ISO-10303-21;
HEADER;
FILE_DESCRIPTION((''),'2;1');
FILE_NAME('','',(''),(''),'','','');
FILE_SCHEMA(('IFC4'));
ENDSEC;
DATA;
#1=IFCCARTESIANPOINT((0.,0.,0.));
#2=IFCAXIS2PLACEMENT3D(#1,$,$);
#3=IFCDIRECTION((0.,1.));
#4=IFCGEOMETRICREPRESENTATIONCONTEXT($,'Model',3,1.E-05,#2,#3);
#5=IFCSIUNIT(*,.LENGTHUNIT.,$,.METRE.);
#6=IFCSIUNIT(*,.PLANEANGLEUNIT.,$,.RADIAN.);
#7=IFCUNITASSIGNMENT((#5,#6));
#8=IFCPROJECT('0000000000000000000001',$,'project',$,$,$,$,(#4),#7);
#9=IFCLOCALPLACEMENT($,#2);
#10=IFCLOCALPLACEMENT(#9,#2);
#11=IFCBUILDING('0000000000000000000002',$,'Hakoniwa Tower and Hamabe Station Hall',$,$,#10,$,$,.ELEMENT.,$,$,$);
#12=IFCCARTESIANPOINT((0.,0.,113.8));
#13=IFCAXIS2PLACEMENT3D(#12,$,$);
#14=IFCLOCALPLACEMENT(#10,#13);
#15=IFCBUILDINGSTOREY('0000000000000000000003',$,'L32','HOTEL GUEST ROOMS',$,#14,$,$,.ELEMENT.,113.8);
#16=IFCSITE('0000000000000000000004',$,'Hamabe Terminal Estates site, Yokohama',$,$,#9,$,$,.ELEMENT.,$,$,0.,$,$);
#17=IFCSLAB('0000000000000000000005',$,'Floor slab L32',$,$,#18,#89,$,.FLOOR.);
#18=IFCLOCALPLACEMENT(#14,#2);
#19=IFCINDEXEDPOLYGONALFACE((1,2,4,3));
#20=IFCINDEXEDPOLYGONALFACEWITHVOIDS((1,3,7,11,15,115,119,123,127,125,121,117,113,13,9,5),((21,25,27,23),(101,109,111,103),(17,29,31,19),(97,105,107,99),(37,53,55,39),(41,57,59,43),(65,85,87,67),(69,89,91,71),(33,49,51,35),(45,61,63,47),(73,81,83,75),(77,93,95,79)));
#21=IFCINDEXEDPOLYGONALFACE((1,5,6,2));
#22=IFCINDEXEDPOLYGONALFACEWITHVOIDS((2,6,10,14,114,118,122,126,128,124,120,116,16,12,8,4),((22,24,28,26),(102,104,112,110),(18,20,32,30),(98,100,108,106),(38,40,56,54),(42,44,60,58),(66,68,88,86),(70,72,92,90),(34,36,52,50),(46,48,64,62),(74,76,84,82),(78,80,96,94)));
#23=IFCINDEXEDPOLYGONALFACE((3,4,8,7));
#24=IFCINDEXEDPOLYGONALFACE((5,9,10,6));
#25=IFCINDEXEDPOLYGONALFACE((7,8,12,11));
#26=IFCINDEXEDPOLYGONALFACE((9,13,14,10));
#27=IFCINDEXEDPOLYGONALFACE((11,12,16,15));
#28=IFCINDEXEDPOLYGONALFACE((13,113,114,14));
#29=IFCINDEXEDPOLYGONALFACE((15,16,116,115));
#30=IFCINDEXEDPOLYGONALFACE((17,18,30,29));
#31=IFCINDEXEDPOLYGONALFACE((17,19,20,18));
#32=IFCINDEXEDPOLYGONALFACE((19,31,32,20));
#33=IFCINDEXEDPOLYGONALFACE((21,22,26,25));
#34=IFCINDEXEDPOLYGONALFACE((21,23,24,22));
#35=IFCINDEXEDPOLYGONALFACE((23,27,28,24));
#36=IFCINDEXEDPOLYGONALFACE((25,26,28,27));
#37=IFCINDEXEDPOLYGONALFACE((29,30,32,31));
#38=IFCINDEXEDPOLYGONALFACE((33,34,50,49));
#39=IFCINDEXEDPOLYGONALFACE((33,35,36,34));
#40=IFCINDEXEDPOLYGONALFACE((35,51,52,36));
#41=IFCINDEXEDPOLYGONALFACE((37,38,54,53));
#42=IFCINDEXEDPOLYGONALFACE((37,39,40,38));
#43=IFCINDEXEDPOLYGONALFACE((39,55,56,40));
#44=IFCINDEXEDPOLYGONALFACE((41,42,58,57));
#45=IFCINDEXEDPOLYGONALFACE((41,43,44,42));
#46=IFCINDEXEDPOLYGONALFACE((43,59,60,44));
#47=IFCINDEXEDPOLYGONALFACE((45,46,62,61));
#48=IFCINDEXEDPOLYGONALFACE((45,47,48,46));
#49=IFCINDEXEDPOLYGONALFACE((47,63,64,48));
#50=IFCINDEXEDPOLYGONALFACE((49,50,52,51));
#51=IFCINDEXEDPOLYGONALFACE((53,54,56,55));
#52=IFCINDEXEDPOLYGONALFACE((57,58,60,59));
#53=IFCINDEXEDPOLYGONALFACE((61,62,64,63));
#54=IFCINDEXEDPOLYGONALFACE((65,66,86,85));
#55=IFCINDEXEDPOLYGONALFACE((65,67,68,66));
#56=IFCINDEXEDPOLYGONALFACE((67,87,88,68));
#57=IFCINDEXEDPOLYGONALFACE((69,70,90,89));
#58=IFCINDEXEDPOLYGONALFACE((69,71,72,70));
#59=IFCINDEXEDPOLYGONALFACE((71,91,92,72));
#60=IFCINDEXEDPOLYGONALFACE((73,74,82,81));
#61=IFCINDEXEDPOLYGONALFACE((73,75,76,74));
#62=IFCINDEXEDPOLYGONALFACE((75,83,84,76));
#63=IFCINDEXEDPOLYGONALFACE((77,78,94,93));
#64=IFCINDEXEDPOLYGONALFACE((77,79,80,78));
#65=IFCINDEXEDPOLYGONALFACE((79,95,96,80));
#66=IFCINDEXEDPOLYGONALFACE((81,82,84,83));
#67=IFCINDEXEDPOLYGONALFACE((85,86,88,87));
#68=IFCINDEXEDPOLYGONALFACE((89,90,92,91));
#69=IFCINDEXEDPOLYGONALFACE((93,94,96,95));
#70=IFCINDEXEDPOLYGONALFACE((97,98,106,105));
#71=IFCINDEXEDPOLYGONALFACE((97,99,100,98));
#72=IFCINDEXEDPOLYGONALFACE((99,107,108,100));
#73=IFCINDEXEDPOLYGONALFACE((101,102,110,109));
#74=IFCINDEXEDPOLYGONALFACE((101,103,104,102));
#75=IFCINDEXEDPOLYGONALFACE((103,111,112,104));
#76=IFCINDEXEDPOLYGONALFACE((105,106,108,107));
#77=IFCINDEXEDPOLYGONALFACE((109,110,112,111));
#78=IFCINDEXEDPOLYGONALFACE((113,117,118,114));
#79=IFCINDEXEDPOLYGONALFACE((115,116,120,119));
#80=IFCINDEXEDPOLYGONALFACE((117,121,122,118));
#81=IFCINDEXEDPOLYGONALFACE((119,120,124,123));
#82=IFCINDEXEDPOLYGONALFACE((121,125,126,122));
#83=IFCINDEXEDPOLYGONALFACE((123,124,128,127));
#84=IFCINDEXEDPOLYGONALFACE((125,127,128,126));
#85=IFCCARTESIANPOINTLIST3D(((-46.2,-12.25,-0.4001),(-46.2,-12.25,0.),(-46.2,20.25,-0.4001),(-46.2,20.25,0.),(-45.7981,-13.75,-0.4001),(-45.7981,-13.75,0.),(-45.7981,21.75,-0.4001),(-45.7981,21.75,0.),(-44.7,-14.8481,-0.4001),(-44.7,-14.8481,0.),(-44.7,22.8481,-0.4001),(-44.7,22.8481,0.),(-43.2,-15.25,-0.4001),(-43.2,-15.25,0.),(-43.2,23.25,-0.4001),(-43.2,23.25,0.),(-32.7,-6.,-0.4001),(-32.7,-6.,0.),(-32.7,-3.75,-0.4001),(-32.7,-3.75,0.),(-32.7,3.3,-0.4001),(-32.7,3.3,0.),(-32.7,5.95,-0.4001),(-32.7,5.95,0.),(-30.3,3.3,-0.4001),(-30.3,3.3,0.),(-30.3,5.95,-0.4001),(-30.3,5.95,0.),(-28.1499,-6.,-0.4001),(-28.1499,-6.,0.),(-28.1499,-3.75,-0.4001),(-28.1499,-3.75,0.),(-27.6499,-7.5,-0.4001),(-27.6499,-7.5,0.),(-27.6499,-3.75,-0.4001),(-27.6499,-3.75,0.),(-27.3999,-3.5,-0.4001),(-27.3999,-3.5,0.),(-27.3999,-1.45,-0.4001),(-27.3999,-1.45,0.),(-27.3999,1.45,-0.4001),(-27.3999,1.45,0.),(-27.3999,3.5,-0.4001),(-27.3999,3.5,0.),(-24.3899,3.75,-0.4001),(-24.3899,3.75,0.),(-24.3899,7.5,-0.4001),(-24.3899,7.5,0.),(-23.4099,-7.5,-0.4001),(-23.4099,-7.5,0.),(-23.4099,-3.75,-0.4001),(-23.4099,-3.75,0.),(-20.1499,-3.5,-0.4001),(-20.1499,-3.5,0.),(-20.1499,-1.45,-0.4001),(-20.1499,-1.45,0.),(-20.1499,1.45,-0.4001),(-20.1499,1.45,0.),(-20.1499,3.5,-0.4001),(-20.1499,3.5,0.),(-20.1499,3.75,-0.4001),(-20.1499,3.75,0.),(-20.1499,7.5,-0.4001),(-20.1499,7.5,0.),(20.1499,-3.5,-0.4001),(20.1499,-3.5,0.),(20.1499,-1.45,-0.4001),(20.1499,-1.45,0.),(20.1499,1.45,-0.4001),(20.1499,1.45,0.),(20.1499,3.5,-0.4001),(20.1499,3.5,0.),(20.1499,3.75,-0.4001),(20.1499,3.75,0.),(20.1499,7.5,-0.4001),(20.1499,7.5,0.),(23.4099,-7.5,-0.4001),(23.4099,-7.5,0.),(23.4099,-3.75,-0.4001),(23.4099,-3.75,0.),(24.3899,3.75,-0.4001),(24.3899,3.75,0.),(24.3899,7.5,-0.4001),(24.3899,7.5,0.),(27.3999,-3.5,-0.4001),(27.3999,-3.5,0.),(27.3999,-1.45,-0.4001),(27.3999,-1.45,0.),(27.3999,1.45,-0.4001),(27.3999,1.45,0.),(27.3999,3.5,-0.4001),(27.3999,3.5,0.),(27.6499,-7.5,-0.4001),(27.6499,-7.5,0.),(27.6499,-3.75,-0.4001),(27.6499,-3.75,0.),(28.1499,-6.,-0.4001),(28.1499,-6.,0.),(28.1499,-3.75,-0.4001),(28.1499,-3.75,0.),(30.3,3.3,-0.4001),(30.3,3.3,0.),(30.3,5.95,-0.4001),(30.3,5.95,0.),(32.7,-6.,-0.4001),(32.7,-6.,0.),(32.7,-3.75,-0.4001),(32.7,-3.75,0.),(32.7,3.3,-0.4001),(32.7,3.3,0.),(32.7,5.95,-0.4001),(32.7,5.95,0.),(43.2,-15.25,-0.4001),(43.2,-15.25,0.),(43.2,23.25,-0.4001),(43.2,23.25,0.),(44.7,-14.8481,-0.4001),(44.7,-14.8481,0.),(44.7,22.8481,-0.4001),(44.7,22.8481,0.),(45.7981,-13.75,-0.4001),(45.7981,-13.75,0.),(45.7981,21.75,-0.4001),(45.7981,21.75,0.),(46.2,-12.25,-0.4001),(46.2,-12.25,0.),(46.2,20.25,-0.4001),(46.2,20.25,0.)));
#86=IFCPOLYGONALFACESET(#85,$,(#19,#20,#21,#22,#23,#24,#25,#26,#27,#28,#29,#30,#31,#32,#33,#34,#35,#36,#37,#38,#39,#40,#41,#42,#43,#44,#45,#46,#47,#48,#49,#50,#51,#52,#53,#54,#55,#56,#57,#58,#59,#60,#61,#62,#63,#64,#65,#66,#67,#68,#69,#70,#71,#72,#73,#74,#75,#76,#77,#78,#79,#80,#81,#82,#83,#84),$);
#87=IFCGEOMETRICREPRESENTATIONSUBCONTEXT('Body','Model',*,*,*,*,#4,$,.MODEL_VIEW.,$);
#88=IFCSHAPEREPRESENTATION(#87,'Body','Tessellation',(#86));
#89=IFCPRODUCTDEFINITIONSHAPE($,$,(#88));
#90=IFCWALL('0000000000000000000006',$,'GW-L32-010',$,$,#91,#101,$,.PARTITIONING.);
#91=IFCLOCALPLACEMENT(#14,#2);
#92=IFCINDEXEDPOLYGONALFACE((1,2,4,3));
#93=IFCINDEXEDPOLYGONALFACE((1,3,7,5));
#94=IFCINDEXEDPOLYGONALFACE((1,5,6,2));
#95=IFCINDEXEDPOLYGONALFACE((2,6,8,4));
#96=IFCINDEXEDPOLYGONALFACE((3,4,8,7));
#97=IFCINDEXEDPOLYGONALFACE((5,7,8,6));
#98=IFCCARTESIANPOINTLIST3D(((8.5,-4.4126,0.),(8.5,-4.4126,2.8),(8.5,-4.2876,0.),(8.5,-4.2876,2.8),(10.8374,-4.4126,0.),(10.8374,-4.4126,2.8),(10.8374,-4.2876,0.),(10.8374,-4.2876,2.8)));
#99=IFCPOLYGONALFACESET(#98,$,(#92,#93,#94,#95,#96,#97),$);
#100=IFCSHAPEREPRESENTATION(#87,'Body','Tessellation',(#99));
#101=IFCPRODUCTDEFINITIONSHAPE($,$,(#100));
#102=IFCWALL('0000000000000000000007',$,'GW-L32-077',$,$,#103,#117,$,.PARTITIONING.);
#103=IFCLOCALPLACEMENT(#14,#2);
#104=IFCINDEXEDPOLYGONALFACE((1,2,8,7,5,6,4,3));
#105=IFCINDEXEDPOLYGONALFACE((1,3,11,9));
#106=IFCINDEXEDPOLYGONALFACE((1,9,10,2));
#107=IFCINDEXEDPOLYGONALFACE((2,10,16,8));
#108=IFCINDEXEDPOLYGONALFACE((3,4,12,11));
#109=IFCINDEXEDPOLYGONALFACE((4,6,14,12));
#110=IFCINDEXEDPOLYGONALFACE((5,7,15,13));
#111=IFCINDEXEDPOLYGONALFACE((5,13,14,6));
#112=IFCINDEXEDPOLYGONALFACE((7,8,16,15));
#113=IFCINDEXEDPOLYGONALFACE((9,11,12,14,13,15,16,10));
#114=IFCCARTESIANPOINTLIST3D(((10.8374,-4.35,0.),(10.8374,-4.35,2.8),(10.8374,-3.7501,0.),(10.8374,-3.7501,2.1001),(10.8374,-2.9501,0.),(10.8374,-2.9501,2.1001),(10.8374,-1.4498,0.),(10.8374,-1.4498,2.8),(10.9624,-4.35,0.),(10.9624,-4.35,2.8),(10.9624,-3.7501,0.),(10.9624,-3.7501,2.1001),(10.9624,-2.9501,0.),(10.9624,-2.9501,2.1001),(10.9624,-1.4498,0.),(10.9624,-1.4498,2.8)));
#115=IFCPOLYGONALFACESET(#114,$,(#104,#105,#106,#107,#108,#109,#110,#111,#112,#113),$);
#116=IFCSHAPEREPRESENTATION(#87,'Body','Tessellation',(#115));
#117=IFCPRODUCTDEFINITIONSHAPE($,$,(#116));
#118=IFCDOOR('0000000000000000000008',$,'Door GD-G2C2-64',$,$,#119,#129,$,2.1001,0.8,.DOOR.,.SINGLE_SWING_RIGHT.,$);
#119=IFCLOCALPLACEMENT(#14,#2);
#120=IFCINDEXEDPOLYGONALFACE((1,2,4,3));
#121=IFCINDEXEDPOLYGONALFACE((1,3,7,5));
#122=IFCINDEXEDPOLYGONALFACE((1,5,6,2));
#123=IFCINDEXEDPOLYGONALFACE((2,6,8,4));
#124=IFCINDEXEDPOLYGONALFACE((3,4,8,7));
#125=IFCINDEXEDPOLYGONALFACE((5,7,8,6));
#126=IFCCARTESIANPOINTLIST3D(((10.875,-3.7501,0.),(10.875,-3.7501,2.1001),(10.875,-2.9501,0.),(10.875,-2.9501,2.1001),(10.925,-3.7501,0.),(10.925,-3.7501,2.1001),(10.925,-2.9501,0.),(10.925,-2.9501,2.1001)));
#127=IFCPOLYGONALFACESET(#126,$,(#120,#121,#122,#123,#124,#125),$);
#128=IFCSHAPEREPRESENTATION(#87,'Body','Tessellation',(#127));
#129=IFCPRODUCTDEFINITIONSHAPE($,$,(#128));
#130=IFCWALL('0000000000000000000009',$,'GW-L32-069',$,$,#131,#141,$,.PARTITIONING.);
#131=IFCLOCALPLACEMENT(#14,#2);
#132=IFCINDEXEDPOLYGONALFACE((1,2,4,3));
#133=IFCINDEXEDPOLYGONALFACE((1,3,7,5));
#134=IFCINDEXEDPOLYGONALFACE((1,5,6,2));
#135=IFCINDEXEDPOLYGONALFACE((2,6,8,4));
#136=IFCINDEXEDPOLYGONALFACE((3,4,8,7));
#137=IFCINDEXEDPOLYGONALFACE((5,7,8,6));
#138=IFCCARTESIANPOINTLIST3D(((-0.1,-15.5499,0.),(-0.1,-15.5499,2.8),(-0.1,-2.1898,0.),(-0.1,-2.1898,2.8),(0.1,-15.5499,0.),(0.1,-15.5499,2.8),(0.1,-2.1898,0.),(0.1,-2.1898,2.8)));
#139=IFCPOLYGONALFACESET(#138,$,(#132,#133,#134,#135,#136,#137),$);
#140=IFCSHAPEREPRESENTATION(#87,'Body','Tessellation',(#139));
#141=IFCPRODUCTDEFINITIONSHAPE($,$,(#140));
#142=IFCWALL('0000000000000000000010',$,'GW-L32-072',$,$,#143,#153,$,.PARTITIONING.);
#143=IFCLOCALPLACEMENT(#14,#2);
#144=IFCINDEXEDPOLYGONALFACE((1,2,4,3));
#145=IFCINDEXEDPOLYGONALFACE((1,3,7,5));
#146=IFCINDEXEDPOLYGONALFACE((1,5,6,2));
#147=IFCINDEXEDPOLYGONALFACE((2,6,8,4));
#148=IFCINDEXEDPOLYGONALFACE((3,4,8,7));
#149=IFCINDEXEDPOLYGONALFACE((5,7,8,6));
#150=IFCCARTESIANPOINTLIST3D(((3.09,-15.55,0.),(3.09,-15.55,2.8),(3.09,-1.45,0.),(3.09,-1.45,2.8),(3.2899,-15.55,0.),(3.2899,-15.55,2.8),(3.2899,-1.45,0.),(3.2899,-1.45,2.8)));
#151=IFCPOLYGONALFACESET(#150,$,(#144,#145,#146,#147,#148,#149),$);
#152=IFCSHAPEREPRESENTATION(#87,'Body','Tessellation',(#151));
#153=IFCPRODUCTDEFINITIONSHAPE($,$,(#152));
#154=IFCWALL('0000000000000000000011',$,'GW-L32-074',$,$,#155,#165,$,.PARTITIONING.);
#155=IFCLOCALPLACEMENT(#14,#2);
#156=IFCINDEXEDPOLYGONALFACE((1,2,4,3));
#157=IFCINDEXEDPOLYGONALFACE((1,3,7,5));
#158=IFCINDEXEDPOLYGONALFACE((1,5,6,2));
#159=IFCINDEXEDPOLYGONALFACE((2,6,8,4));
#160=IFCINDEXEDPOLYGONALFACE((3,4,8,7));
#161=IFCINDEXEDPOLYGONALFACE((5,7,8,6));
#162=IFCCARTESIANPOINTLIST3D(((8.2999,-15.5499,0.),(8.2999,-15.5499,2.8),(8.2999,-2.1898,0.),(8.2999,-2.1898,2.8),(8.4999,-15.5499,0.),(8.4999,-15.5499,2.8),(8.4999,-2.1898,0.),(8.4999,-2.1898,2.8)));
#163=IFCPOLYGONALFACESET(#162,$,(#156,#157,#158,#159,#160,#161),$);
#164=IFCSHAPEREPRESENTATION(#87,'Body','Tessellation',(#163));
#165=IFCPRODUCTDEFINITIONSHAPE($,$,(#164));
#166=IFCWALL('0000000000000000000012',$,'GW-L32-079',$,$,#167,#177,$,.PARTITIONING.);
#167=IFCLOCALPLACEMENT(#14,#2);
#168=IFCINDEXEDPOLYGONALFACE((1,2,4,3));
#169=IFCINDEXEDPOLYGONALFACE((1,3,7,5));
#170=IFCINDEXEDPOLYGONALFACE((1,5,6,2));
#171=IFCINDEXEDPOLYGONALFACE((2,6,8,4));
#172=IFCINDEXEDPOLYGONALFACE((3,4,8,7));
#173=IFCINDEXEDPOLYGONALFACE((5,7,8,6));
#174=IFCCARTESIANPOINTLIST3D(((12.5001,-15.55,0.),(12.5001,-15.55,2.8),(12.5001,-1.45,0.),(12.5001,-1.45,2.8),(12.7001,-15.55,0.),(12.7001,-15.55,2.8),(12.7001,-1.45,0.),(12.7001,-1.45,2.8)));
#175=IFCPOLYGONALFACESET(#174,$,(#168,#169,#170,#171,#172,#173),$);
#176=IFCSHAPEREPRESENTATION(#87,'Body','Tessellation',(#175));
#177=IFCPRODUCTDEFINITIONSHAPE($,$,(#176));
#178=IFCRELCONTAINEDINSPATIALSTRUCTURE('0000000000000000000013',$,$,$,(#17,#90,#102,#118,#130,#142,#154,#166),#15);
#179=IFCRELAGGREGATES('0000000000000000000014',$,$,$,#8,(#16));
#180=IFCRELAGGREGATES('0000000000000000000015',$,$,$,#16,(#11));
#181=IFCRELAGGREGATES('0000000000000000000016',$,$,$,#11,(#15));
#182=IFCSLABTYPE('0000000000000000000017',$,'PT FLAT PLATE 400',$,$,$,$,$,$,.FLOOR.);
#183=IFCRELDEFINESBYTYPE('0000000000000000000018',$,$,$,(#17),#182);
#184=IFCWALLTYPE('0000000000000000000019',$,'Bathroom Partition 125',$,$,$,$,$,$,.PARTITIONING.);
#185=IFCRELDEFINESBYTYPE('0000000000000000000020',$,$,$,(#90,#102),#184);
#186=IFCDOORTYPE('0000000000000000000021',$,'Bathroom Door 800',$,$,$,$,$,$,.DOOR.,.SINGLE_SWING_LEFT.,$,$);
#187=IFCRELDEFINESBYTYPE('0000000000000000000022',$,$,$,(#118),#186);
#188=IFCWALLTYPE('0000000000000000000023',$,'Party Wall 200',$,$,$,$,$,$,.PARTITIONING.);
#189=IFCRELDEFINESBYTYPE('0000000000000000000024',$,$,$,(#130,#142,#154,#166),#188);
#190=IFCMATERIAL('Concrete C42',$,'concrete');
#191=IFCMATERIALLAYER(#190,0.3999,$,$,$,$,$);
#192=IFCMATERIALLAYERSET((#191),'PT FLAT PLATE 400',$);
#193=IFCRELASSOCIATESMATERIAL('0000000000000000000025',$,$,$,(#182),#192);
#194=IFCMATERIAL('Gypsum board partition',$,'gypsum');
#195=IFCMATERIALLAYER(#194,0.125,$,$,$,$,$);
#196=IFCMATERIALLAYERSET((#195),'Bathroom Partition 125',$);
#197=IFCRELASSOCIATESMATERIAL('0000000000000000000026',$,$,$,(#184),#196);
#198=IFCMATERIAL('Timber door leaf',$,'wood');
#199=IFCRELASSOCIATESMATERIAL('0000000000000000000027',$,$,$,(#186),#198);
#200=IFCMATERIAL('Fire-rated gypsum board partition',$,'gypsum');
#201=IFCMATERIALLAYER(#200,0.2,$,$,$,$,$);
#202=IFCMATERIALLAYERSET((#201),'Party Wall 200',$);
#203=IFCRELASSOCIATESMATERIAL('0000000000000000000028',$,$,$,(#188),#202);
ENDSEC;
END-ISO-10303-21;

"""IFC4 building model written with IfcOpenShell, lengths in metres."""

from ifc_helpers import new_model, si_unit, direction, frame, frame_2d, origin, place, context, subcontext, project, spatial, polyline, rectangle, outline, extrude, material, layer, layer_set, type_object, element, fill, save


model = new_model("IFC4")

# Units and contexts
model_context = context("Model", 3, precision=1e-05, world=origin(), true_north=direction((0.0, 1.0)))
body_context = subcontext(model_context, "Body", "Model", "MODEL_VIEW")
ifc_project = project(units=[si_unit("LENGTHUNIT", "METRE"), si_unit("PLANEANGLEUNIT", "RADIAN")], contexts=[model_context])

# Site, building, storey
site_placement = place(None, origin())
site = spatial("IfcSite", under=ifc_project, at=site_placement, Name="Hamabe Terminal Estates site, Yokohama", CompositionType="ELEMENT", RefElevation=0.0)
building_placement = place(site_placement, origin())
building = spatial("IfcBuilding", under=site, at=building_placement, Name="Hakoniwa Tower and Hamabe Station Hall", CompositionType="ELEMENT")
storey_placement = place(building_placement, frame((0.0, 0.0, 113.8)))
storey = spatial("IfcBuildingStorey", under=building, at=storey_placement, Name="L32", Description="HOTEL GUEST ROOMS", CompositionType="ELEMENT", Elevation=113.8)

# Slab
ifc_material_1 = material(Name="Concrete C42", Category="concrete")
ifc_layer_1 = layer(ifc_material_1, 0.3999)
ifc_layer_set_1 = layer_set([ifc_layer_1], Name="PT FLAT PLATE 400")
slab_type = type_object("IfcSlabType", Name="PT FLAT PLATE 400", PredefinedType="FLOOR", material=ifc_layer_set_1)
slab_placement = place(storey_placement, frame((0.0, 0.0, -0.4001)))
element("IfcSlab", 1, at=slab_placement, inside=storey, type_object=slab_type, Name="Floor slab L32", PredefinedType="FLOOR", context=body_context, shape_type="SweptSolid", body=[
    extrude(outline(polyline([(46.2, -12.25), (46.2, 20.25), (45.7981, 21.75), (44.7, 22.8481), (43.2, 23.25), (-43.2, 23.25), (-44.7, 22.8481), (-45.7981, 21.75), (-46.2, 20.25), (-46.2, -12.25), (-45.7981, -13.75), (-44.7, -14.8481), (-43.2, -15.25), (43.2, -15.25), (44.7, -14.8481), (45.7981, -13.75), (46.2, -12.25)]), holes=[polyline([(-27.3999, 1.45), (-27.3999, 3.5), (-20.1499, 3.5), (-20.1499, 1.45), (-27.3999, 1.45)]), polyline([(-27.3999, -3.5), (-27.3999, -1.45), (-20.1499, -1.45), (-20.1499, -3.5), (-27.3999, -3.5)]), polyline([(-32.7, 3.3), (-32.7, 5.95), (-30.3, 5.95), (-30.3, 3.3), (-32.7, 3.3)]), polyline([(-32.7, -6.0), (-32.7, -3.75), (-28.1499, -3.75), (-28.1499, -6.0), (-32.7, -6.0)]), polyline([(-24.3899, 3.75), (-24.3899, 7.5), (-20.1499, 7.5), (-20.1499, 3.75), (-24.3899, 3.75)]), polyline([(-27.6499, -7.5), (-27.6499, -3.75), (-23.4099, -3.75), (-23.4099, -7.5), (-27.6499, -7.5)]), polyline([(20.1499, 1.45), (20.1499, 3.5), (27.3999, 3.5), (27.3999, 1.45), (20.1499, 1.45)]), polyline([(20.1499, -3.5), (20.1499, -1.45), (27.3999, -1.45), (27.3999, -3.5), (20.1499, -3.5)]), polyline([(30.3, 3.3), (30.3, 5.95), (32.7, 5.95), (32.7, 3.3), (30.3, 3.3)]), polyline([(28.1499, -6.0), (28.1499, -3.75), (32.7, -3.75), (32.7, -6.0), (28.1499, -6.0)]), polyline([(20.1499, 3.75), (20.1499, 7.5), (24.3899, 7.5), (24.3899, 3.75), (20.1499, 3.75)]), polyline([(23.4099, -7.5), (23.4099, -3.75), (27.6499, -3.75), (27.6499, -7.5), (23.4099, -7.5)])]), origin(), (0.0, 0.0, 1.0), 0.4001),
])

# Wall
ifc_material_2 = material(Name="Gypsum board partition", Category="gypsum")
ifc_layer_2 = layer(ifc_material_2, 0.125)
ifc_layer_set_2 = layer_set([ifc_layer_2], Name="Bathroom Partition 125")
wall_type_1 = type_object("IfcWallType", Name="Bathroom Partition 125", PredefinedType="PARTITIONING", material=ifc_layer_set_2)
wall_1_placement = place(storey_placement, frame((8.5, -4.3501, 0.0), z_axis=(0.0, 0.0, 1.0), x_axis=(1.0, 0.0, 0.0)))
element("IfcWall", 2, at=wall_1_placement, inside=storey, type_object=wall_type_1, Name="GW-L32-010", PredefinedType="PARTITIONING", context=body_context, shape_type="SweptSolid", body=[
    extrude(rectangle(XDim=2.3374, YDim=0.125, at=frame_2d((1.1687, 0.0))), origin(), (0.0, 0.0, 1.0), 2.8),
])

# Wall, opening, door
wall_2_placement = place(storey_placement, frame((10.8999, -4.3501, 0.0), z_axis=(0.0, 0.0, 1.0), x_axis=(0.0, 1.0, 0.0)))
wall_2 = element("IfcWall", 3, at=wall_2_placement, inside=storey, type_object=wall_type_1, Name="GW-L32-077", PredefinedType="PARTITIONING", context=body_context, shape_type="SweptSolid", body=[
    extrude(rectangle(XDim=2.9001, YDim=0.125, at=frame_2d((1.4502, 0.0))), origin(), (0.0, 0.0, 1.0), 2.8),
])
opening_placement = place(wall_2_placement, frame((0.6001, 0.0, 0.0)))
opening = element("IfcOpeningElement", 4, at=opening_placement, cuts=wall_2, PredefinedType="OPENING", context=body_context, shape_type="SweptSolid", body=[
    extrude(rectangle(XDim=0.8, YDim=2.1001, at=frame_2d((0.3999, 1.05))), frame((0.0, 0.0725, 0.0), z_axis=(0.0, -1.0, 0.0), x_axis=(1.0, 0.0, 0.0)), (0.0, 0.0, 1.0), 0.145),
])
ifc_material_3 = material(Name="Timber door leaf", Category="wood")
door_type = type_object("IfcDoorType", Name="Bathroom Door 800", OperationType="SINGLE_SWING_LEFT", PredefinedType="DOOR", material=ifc_material_3)
door_placement = place(opening_placement, origin())
door = element("IfcDoor", 5, at=door_placement, inside=storey, type_object=door_type, Name="Door GD-G2C2-64", OperationType="SINGLE_SWING_RIGHT", OverallHeight=2.1001, OverallWidth=0.8, PredefinedType="DOOR", context=body_context, shape_type="SweptSolid", body=[
    extrude(rectangle(XDim=0.8, YDim=2.1001, at=frame_2d((0.3999, 1.05))), frame((0.0, 0.0249, 0.0), z_axis=(0.0, -1.0, 0.0), x_axis=(1.0, 0.0, 0.0)), (0.0, 0.0, 1.0), 0.05),
])
fill(opening, door)

# Walls
ifc_material_4 = material(Name="Fire-rated gypsum board partition", Category="gypsum")
ifc_layer_3 = layer(ifc_material_4, 0.2)
ifc_layer_set_3 = layer_set([ifc_layer_3], Name="Party Wall 200")
wall_type_2 = type_object("IfcWallType", Name="Party Wall 200", PredefinedType="PARTITIONING", material=ifc_layer_set_3)
wall_3_placement = place(storey_placement, frame((0.0, -15.55, 0.0), z_axis=(0.0, 0.0, 1.0), x_axis=(0.0, 1.0, 0.0)))
element("IfcWall", 6, at=wall_3_placement, inside=storey, type_object=wall_type_2, Name="GW-L32-069", PredefinedType="PARTITIONING", context=body_context, shape_type="SweptSolid", body=[
    extrude(rectangle(XDim=13.3601, YDim=0.2, at=frame_2d((6.6802, 0.0))), origin(), (0.0, 0.0, 1.0), 2.8),
])
wall_4_placement = place(storey_placement, frame((3.1899, -15.55, 0.0), z_axis=(0.0, 0.0, 1.0), x_axis=(0.0, 1.0, 0.0)))
element("IfcWall", 7, at=wall_4_placement, inside=storey, type_object=wall_type_2, Name="GW-L32-072", PredefinedType="PARTITIONING", context=body_context, shape_type="SweptSolid", body=[
    extrude(rectangle(XDim=14.1001, YDim=0.2, at=frame_2d((7.05, 0.0))), origin(), (0.0, 0.0, 1.0), 2.8),
])
wall_5_placement = place(storey_placement, frame((8.3999, -15.55, 0.0), z_axis=(0.0, 0.0, 1.0), x_axis=(0.0, 1.0, 0.0)))
element("IfcWall", 8, at=wall_5_placement, inside=storey, type_object=wall_type_2, Name="GW-L32-074", PredefinedType="PARTITIONING", context=body_context, shape_type="SweptSolid", body=[
    extrude(rectangle(XDim=13.3601, YDim=0.2, at=frame_2d((6.6802, 0.0))), origin(), (0.0, 0.0, 1.0), 2.8),
])
wall_6_placement = place(storey_placement, frame((12.6001, -15.55, 0.0), z_axis=(0.0, 0.0, 1.0), x_axis=(0.0, 1.0, 0.0)))
element("IfcWall", 9, at=wall_6_placement, inside=storey, type_object=wall_type_2, Name="GW-L32-079", PredefinedType="PARTITIONING", context=body_context, shape_type="SweptSolid", body=[
    extrude(rectangle(XDim=14.1001, YDim=0.2, at=frame_2d((7.05, 0.0))), origin(), (0.0, 0.0, 1.0), 2.8),
])

save(model, "model.ifc")
